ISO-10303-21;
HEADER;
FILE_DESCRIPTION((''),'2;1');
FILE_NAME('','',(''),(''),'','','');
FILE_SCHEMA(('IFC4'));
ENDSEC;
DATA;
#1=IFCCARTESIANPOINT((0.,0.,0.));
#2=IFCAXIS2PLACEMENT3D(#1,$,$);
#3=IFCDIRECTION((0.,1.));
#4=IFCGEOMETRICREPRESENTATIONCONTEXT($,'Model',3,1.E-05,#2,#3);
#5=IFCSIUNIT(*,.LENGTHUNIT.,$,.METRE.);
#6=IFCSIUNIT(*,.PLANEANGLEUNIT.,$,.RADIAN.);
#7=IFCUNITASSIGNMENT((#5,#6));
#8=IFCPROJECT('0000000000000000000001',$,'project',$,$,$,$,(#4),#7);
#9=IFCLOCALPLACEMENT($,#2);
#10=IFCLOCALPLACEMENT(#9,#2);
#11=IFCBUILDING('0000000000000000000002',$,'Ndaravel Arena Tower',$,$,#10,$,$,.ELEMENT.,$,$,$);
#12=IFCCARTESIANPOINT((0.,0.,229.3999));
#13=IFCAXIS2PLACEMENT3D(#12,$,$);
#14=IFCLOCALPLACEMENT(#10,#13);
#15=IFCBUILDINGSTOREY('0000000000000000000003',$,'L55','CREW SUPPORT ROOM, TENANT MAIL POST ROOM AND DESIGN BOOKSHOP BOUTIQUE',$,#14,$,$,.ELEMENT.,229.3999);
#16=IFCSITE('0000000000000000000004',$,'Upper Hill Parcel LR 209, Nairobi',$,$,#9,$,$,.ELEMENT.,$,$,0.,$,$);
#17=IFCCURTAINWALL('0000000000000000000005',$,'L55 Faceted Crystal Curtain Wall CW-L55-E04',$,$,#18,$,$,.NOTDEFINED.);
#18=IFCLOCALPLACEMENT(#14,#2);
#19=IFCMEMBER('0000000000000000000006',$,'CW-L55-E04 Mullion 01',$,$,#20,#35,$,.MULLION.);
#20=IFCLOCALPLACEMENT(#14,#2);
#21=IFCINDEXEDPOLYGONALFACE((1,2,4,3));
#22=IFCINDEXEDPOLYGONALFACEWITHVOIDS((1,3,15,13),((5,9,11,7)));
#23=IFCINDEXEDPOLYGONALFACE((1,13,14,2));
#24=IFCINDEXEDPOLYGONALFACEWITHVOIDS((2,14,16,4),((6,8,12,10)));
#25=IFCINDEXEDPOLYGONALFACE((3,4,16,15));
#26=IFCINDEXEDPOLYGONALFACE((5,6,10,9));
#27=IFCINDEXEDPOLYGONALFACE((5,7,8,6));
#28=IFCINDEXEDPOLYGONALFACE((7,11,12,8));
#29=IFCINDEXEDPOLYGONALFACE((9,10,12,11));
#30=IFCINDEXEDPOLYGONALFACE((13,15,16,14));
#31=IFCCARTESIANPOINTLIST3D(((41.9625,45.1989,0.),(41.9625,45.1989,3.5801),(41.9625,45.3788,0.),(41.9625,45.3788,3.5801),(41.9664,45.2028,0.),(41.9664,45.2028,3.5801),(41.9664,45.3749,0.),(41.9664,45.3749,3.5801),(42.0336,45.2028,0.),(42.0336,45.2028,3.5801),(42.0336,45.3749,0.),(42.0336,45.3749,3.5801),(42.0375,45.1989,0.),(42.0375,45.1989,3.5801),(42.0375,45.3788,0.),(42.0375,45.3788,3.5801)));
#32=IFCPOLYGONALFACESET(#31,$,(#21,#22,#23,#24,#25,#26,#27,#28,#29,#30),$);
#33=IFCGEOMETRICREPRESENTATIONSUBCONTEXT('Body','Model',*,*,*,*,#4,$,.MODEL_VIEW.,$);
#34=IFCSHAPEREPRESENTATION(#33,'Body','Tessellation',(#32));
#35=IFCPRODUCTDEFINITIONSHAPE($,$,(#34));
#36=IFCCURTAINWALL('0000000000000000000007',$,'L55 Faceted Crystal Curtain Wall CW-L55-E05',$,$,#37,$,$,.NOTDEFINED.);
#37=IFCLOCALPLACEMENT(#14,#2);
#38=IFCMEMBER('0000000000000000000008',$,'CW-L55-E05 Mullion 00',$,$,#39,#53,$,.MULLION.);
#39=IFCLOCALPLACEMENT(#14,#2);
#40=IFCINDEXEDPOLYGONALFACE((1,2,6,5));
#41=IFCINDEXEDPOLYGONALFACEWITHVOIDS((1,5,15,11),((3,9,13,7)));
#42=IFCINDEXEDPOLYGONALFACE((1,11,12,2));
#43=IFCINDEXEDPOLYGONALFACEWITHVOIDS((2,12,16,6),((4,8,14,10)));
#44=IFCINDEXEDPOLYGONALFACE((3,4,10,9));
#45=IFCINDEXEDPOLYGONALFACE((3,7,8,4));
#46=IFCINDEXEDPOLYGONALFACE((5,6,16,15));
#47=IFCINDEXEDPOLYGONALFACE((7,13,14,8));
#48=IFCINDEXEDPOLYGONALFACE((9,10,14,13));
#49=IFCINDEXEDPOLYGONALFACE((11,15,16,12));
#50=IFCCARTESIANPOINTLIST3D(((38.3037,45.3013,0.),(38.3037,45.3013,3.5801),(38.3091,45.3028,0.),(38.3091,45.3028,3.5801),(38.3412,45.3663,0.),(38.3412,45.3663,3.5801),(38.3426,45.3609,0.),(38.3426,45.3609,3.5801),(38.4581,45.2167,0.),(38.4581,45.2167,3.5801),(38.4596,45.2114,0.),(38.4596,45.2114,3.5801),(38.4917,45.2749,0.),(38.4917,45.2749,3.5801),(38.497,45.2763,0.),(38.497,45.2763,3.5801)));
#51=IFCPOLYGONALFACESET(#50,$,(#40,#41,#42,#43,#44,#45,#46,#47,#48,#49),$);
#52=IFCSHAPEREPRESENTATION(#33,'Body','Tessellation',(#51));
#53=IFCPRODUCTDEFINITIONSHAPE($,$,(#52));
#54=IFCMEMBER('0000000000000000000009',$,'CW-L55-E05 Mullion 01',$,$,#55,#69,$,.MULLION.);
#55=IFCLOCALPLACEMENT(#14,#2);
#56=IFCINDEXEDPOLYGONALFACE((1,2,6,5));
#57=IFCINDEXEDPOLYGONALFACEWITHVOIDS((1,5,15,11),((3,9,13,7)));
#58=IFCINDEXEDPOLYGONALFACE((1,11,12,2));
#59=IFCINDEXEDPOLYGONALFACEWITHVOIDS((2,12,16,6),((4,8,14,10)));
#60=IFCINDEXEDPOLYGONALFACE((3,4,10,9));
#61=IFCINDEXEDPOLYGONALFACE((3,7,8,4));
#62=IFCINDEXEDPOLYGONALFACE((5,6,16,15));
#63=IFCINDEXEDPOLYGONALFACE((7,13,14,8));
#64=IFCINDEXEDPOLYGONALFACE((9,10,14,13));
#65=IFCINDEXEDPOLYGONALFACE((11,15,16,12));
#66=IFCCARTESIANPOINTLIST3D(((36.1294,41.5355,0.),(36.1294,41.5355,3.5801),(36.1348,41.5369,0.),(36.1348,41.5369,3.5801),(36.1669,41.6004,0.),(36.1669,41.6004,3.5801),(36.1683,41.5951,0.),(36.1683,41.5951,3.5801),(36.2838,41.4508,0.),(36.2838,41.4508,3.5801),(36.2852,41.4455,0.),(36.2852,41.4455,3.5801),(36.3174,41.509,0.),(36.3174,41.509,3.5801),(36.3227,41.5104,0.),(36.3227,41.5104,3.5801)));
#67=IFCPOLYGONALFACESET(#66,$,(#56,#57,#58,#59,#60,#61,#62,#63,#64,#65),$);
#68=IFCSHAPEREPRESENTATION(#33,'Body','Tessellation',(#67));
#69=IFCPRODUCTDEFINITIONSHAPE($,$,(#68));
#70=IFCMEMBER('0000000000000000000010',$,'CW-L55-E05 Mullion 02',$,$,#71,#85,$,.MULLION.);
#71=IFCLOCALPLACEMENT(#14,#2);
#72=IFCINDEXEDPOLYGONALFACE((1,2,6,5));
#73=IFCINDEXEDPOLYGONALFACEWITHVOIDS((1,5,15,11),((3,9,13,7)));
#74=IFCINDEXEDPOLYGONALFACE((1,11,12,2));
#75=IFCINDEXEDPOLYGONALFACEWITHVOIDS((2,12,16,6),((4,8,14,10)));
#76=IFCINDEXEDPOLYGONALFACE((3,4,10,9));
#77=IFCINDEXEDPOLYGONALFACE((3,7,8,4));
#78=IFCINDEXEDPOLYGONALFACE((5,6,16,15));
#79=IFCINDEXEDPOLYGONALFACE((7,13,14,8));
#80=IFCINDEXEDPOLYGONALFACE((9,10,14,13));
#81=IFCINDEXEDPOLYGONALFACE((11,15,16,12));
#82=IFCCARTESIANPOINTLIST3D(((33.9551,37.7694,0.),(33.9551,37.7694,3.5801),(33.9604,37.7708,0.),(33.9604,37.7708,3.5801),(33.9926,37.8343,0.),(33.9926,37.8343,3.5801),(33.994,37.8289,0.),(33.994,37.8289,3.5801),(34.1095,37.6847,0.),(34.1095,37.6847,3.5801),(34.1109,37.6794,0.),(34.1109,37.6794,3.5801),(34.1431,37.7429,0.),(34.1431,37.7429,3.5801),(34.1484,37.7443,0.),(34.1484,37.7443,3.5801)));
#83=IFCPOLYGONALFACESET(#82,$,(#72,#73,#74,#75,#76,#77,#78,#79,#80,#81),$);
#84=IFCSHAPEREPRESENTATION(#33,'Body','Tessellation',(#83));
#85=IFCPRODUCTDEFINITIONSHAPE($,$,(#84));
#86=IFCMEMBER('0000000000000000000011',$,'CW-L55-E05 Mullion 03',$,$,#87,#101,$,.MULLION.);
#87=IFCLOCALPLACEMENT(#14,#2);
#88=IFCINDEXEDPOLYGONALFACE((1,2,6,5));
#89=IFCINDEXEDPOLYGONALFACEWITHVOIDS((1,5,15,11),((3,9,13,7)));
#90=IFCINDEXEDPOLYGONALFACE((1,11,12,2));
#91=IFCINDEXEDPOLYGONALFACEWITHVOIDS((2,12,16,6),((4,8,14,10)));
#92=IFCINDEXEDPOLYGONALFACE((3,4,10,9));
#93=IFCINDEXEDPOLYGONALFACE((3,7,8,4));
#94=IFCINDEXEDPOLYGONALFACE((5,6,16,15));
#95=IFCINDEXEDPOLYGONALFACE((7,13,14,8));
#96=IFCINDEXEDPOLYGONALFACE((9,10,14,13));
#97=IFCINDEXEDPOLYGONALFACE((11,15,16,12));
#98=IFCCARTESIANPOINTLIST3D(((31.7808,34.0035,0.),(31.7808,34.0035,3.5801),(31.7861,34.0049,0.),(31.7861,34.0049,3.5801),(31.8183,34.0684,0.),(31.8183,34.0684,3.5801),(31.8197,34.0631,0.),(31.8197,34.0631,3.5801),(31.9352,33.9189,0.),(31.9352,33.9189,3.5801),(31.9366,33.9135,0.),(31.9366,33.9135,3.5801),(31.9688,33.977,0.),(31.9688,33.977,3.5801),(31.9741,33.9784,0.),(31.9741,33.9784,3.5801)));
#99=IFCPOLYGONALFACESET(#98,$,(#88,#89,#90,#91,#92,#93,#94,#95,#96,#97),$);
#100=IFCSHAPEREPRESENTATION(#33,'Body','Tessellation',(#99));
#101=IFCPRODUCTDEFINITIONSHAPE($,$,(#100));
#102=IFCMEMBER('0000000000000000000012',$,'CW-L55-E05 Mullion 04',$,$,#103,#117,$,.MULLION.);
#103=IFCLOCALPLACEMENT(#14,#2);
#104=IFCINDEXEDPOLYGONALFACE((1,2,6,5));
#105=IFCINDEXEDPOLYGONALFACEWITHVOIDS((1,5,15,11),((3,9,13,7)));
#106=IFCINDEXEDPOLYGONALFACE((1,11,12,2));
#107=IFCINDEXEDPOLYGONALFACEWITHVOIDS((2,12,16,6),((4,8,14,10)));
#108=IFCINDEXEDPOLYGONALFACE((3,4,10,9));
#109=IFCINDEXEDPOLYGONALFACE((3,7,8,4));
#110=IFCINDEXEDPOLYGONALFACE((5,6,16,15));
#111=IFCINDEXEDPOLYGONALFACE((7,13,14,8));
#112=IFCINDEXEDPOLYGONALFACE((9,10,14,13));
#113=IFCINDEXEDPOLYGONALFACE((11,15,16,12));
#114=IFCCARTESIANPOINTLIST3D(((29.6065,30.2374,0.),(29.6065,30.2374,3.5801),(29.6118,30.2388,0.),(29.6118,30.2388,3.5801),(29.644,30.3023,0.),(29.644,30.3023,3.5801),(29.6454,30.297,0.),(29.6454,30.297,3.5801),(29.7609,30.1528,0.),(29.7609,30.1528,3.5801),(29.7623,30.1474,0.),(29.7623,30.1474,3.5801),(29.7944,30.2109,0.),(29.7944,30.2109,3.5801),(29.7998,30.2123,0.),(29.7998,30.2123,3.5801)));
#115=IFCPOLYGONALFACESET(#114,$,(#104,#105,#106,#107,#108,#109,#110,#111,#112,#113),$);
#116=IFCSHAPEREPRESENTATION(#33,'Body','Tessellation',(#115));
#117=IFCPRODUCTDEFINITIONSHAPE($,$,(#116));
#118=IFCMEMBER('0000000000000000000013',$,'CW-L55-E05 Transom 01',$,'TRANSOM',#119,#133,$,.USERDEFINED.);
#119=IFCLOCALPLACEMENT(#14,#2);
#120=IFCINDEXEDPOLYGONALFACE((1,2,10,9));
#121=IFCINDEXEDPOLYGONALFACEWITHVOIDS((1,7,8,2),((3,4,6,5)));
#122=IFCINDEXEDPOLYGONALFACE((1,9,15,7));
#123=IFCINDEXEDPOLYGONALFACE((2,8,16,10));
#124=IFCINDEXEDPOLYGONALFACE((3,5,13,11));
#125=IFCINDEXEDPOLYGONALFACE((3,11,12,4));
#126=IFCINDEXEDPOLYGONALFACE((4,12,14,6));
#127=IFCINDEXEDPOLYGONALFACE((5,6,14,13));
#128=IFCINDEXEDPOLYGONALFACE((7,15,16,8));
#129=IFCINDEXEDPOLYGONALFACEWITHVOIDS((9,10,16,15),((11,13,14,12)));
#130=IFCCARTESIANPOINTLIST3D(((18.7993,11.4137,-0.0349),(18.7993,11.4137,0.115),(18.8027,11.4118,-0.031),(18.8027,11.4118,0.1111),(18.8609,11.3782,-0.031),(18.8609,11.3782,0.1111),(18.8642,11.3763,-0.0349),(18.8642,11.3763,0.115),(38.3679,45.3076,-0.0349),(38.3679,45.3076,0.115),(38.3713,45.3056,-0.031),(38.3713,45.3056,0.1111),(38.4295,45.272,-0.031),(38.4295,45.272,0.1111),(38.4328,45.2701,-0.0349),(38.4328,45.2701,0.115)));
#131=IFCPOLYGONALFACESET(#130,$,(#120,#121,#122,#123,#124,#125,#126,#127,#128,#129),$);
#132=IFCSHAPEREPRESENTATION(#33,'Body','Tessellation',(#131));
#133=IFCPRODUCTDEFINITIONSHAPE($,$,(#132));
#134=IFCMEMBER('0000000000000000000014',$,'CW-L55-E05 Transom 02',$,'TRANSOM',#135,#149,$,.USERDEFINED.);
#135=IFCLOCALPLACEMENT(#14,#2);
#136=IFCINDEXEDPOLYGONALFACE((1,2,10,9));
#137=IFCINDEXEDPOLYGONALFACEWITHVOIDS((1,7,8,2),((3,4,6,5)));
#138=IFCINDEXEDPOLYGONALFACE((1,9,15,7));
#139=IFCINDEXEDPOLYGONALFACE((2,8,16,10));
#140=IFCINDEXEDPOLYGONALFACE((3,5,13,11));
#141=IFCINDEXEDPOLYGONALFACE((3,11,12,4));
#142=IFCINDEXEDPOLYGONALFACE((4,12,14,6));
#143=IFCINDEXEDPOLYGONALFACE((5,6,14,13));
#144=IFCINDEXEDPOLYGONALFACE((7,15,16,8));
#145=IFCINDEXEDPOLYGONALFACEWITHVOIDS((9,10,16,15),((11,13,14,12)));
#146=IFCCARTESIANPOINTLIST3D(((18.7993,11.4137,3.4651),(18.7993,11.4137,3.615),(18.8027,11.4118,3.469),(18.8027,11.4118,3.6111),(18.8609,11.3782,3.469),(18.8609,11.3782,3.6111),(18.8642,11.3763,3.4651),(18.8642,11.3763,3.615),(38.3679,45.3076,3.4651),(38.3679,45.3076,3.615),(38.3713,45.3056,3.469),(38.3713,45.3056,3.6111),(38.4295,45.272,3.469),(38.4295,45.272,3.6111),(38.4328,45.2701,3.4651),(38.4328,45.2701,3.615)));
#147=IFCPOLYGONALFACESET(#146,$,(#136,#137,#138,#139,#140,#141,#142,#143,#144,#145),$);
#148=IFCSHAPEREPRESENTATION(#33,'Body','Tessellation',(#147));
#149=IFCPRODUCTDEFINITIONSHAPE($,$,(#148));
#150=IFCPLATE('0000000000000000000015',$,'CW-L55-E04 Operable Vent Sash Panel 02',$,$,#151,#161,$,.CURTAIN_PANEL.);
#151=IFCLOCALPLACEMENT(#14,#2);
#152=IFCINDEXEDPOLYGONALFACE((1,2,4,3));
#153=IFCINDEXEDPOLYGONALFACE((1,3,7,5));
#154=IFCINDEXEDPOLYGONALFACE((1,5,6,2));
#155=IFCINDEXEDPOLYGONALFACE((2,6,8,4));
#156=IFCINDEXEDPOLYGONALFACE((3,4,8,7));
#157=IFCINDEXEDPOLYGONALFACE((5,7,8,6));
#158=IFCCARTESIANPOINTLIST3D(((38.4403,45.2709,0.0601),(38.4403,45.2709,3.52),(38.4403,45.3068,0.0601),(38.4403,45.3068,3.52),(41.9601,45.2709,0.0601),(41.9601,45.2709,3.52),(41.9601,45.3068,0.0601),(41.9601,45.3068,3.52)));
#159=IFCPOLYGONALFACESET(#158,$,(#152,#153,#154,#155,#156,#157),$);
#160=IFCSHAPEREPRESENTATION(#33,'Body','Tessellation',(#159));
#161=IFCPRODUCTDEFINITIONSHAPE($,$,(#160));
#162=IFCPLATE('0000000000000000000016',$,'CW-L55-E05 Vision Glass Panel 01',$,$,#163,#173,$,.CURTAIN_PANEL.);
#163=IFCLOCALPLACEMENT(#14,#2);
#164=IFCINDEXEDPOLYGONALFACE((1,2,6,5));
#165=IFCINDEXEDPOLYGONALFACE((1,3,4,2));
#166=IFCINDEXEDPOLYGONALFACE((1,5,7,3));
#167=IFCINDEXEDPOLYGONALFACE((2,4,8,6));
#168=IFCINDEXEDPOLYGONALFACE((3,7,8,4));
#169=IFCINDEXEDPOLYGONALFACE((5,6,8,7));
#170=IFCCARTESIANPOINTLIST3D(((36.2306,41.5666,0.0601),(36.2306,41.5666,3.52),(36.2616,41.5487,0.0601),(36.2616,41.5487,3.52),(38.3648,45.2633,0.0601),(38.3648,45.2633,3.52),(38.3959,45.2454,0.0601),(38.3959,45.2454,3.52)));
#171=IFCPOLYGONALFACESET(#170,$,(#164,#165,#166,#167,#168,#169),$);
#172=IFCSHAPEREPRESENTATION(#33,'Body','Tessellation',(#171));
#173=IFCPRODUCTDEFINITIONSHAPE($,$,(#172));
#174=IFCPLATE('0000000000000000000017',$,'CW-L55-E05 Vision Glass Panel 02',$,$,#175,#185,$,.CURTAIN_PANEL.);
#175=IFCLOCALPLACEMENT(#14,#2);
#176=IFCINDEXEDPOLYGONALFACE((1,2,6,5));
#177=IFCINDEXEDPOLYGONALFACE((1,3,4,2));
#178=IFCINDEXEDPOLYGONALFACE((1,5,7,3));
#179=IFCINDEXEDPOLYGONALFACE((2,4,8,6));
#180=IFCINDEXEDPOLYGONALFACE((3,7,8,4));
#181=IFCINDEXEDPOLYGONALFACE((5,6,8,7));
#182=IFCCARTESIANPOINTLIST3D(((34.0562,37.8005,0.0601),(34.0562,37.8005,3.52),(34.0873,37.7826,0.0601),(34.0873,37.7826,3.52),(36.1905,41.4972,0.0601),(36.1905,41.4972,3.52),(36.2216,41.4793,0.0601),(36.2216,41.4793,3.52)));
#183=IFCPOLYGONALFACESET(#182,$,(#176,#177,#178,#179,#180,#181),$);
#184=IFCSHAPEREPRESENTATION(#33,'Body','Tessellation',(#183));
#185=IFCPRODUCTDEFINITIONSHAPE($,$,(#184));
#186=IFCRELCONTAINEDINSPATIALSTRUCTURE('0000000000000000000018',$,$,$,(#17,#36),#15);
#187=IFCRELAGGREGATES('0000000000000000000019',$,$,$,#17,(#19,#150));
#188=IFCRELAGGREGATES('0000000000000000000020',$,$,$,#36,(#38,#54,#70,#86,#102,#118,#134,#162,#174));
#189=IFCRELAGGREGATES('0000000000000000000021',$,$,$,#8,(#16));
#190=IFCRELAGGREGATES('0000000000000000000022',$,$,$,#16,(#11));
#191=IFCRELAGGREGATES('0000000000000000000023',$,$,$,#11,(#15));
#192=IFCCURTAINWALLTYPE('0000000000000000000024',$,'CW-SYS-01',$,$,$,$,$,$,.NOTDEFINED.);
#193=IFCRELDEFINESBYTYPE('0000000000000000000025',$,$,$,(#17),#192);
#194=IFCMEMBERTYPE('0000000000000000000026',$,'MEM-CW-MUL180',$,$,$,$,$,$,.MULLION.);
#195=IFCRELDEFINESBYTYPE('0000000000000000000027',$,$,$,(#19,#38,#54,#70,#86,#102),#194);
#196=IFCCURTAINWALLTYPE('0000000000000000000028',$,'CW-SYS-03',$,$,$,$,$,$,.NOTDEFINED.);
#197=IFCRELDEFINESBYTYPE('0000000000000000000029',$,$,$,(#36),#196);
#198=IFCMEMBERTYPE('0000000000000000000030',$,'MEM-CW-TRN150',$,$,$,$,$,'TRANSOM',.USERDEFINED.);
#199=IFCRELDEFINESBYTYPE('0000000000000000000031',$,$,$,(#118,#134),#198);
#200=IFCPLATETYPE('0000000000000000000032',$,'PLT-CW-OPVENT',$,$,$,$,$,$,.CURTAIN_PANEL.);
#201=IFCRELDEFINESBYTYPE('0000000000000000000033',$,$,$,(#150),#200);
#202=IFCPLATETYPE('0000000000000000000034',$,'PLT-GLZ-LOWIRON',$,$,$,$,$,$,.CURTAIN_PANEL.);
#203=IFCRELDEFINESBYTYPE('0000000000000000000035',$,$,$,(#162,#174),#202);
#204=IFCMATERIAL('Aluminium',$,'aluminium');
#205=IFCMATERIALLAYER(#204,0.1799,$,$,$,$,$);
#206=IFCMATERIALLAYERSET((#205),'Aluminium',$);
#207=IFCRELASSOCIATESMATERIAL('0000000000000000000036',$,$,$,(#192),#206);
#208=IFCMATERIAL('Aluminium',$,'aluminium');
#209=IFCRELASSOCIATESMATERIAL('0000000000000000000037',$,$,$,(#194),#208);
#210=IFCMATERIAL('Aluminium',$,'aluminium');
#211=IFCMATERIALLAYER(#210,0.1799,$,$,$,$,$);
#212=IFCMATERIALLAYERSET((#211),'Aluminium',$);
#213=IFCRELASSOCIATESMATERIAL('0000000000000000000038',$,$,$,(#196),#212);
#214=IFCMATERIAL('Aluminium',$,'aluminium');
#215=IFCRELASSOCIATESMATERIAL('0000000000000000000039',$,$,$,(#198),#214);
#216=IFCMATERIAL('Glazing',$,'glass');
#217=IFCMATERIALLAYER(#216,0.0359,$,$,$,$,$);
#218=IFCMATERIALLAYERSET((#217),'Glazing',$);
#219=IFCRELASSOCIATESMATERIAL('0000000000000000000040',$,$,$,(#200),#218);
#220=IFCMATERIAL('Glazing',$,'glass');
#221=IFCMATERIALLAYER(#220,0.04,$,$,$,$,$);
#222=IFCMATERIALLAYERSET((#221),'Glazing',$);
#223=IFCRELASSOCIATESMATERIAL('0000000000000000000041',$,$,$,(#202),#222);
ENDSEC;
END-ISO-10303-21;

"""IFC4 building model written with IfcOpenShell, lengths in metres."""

from ifc_helpers import new_model, si_unit, direction, frame, origin, origin_2d, place, context, subcontext, project, spatial, rectangle, hollow_rectangle, extrude, material, layer, layer_set, material_profile, profile_set, type_object, element, aggregate, save


model = new_model("IFC4")

# Units and contexts
model_context = context("Model", 3, precision=1e-05, world=origin(), true_north=direction((0.0, 1.0)))
body_context = subcontext(model_context, "Body", "Model", "MODEL_VIEW")
ifc_project = project(units=[si_unit("LENGTHUNIT", "METRE"), si_unit("PLANEANGLEUNIT", "RADIAN")], contexts=[model_context])

# Site, building, storey
site_placement = place(None, origin())
site = spatial("IfcSite", under=ifc_project, at=site_placement, Name="Upper Hill Parcel LR 209, Nairobi", CompositionType="ELEMENT", RefElevation=0.0)
building_placement = place(site_placement, origin())
building = spatial("IfcBuilding", under=site, at=building_placement, Name="Ndaravel Arena Tower", CompositionType="ELEMENT")
storey_placement = place(building_placement, frame((0.0, 0.0, 229.3999)))
storey = spatial("IfcBuildingStorey", under=building, at=storey_placement, Name="L55", Description="CREW SUPPORT ROOM, TENANT MAIL POST ROOM AND DESIGN BOOKSHOP BOUTIQUE", CompositionType="ELEMENT", Elevation=229.3999)

# Curtain wall, member
ifc_material_1 = material(Name="Aluminium", Category="aluminium")
ifc_layer_1 = layer(ifc_material_1, 0.1799)
ifc_layer_set_1 = layer_set([ifc_layer_1], Name="Aluminium")
curtain_wall_type_1 = type_object("IfcCurtainWallType", Name="CW-SYS-01", PredefinedType="NOTDEFINED", material=ifc_layer_set_1)
curtain_wall_1_placement = place(storey_placement, origin())
curtain_wall_1 = element("IfcCurtainWall", 1, at=curtain_wall_1_placement, inside=storey, type_object=curtain_wall_type_1, Name="L55 Faceted Crystal Curtain Wall CW-L55-E04", PredefinedType="NOTDEFINED")
ifc_material_2 = material(Name="Aluminium", Category="aluminium")
ifc_material_profile_1 = material_profile(ifc_material_2, hollow_rectangle(XDim=0.075, YDim=0.1799, WallThickness=0.0039, at=origin_2d()), Name="CW MULLION 75x180x4")
ifc_profile_set_1 = profile_set([ifc_material_profile_1], Name="Aluminium")
member_type_1 = type_object("IfcMemberType", Name="MEM-CW-MUL180", PredefinedType="MULLION", material=ifc_profile_set_1)
member_1_placement = place(storey_placement, frame((42.0, 45.2888, 0.0), z_axis=(0.0, 0.0, 1.0), x_axis=(-1.0, 0.0, 0.0)))
member_1 = element("IfcMember", 2, at=member_1_placement, type_object=member_type_1, Name="CW-L55-E04 Mullion 01", PredefinedType="MULLION", context=body_context, shape_type="SweptSolid", body=[
    extrude(hollow_rectangle(XDim=0.075, YDim=0.1799, WallThickness=0.0039, at=origin_2d()), origin(), (0.0, 0.0, 1.0), 3.5801),
])

# Curtain wall, members
ifc_material_3 = material(Name="Aluminium", Category="aluminium")
ifc_layer_2 = layer(ifc_material_3, 0.1799)
ifc_layer_set_2 = layer_set([ifc_layer_2], Name="Aluminium")
curtain_wall_type_2 = type_object("IfcCurtainWallType", Name="CW-SYS-03", PredefinedType="NOTDEFINED", material=ifc_layer_set_2)
curtain_wall_2_placement = place(storey_placement, origin())
curtain_wall_2 = element("IfcCurtainWall", 3, at=curtain_wall_2_placement, inside=storey, type_object=curtain_wall_type_2, Name="L55 Faceted Crystal Curtain Wall CW-L55-E05", PredefinedType="NOTDEFINED")
member_2_placement = place(storey_placement, frame((38.4004, 45.2888, 0.0), z_axis=(0.0, 0.0, 1.0), x_axis=(-0.5, -0.866025, 0.0)))
member_2 = element("IfcMember", 4, at=member_2_placement, type_object=member_type_1, Name="CW-L55-E05 Mullion 00", PredefinedType="MULLION", context=body_context, shape_type="SweptSolid", body=[
    extrude(hollow_rectangle(XDim=0.075, YDim=0.1799, WallThickness=0.0039, at=origin_2d()), origin(), (0.0, 0.0, 1.0), 3.5801),
])
member_3_placement = place(storey_placement, frame((36.2261, 41.5229, 0.0), z_axis=(0.0, 0.0, 1.0), x_axis=(-0.5, -0.866025, 0.0)))
member_3 = element("IfcMember", 5, at=member_3_placement, type_object=member_type_1, Name="CW-L55-E05 Mullion 01", PredefinedType="MULLION", context=body_context, shape_type="SweptSolid", body=[
    extrude(hollow_rectangle(XDim=0.075, YDim=0.1799, WallThickness=0.0039, at=origin_2d()), origin(), (0.0, 0.0, 1.0), 3.5801),
])
member_4_placement = place(storey_placement, frame((34.0518, 37.7568, 0.0), z_axis=(0.0, 0.0, 1.0), x_axis=(-0.5, -0.866025, 0.0)))
member_4 = element("IfcMember", 6, at=member_4_placement, type_object=member_type_1, Name="CW-L55-E05 Mullion 02", PredefinedType="MULLION", context=body_context, shape_type="SweptSolid", body=[
    extrude(hollow_rectangle(XDim=0.075, YDim=0.1799, WallThickness=0.0039, at=origin_2d()), origin(), (0.0, 0.0, 1.0), 3.5801),
])
member_5_placement = place(storey_placement, frame((31.8774, 33.991, 0.0), z_axis=(0.0, 0.0, 1.0), x_axis=(-0.5, -0.866025, 0.0)))
member_5 = element("IfcMember", 7, at=member_5_placement, type_object=member_type_1, Name="CW-L55-E05 Mullion 03", PredefinedType="MULLION", context=body_context, shape_type="SweptSolid", body=[
    extrude(hollow_rectangle(XDim=0.075, YDim=0.1799, WallThickness=0.0039, at=origin_2d()), origin(), (0.0, 0.0, 1.0), 3.5801),
])
member_6_placement = place(storey_placement, frame((29.7031, 30.2249, 0.0), z_axis=(0.0, 0.0, 1.0), x_axis=(-0.5, -0.866025, 0.0)))
member_6 = element("IfcMember", 8, at=member_6_placement, type_object=member_type_1, Name="CW-L55-E05 Mullion 04", PredefinedType="MULLION", context=body_context, shape_type="SweptSolid", body=[
    extrude(hollow_rectangle(XDim=0.075, YDim=0.1799, WallThickness=0.0039, at=origin_2d()), origin(), (0.0, 0.0, 1.0), 3.5801),
])
ifc_material_4 = material(Name="Aluminium", Category="aluminium")
ifc_material_profile_2 = material_profile(ifc_material_4, hollow_rectangle(XDim=0.075, YDim=0.1499, WallThickness=0.0039, at=origin_2d()), Name="CW TRANSOM 75x150x4")
ifc_profile_set_2 = profile_set([ifc_material_profile_2], Name="Aluminium")
member_type_2 = type_object("IfcMemberType", Name="MEM-CW-TRN150", ElementType="TRANSOM", PredefinedType="USERDEFINED", material=ifc_profile_set_2)
member_7_placement = place(storey_placement, frame((38.4004, 45.2888, 0.04), z_axis=(-0.5, -0.866025, 0.0), x_axis=(0.866025, -0.5, 0.0)))
member_7 = element("IfcMember", 9, at=member_7_placement, type_object=member_type_2, Name="CW-L55-E05 Transom 01", ObjectType="TRANSOM", PredefinedType="USERDEFINED", context=body_context, shape_type="SweptSolid", body=[
    extrude(hollow_rectangle(XDim=0.075, YDim=0.1499, WallThickness=0.0039, at=origin_2d()), origin(), (0.0, 0.0, 1.0), 39.1372),
])
member_8_placement = place(storey_placement, frame((38.4004, 45.2888, 3.54), z_axis=(-0.5, -0.866025, 0.0), x_axis=(0.866025, -0.5, 0.0)))
member_8 = element("IfcMember", 10, at=member_8_placement, type_object=member_type_2, Name="CW-L55-E05 Transom 02", ObjectType="TRANSOM", PredefinedType="USERDEFINED", context=body_context, shape_type="SweptSolid", body=[
    extrude(hollow_rectangle(XDim=0.075, YDim=0.1499, WallThickness=0.0039, at=origin_2d()), origin(), (0.0, 0.0, 1.0), 39.1372),
])

# Plates
ifc_material_5 = material(Name="Glazing", Category="glass")
ifc_layer_3 = layer(ifc_material_5, 0.0359)
ifc_layer_set_3 = layer_set([ifc_layer_3], Name="Glazing")
plate_type_1 = type_object("IfcPlateType", Name="PLT-CW-OPVENT", PredefinedType="CURTAIN_PANEL", material=ifc_layer_set_3)
plate_1_placement = place(storey_placement, frame((40.2002, 45.2888, 0.0601), z_axis=(0.0, 0.0, 1.0), x_axis=(-1.0, 0.0, 0.0)))
plate_1 = element("IfcPlate", 11, at=plate_1_placement, type_object=plate_type_1, Name="CW-L55-E04 Operable Vent Sash Panel 02", PredefinedType="CURTAIN_PANEL", context=body_context, shape_type="SweptSolid", body=[
    extrude(rectangle(XDim=3.5198, YDim=0.0359, at=origin_2d()), origin(), (0.0, 0.0, 1.0), 3.46),
])
aggregate(curtain_wall_1, [member_1, plate_1])
ifc_material_6 = material(Name="Glazing", Category="glass")
ifc_layer_4 = layer(ifc_material_6, 0.04)
ifc_layer_set_4 = layer_set([ifc_layer_4], Name="Glazing")
plate_type_2 = type_object("IfcPlateType", Name="PLT-GLZ-LOWIRON", PredefinedType="CURTAIN_PANEL", material=ifc_layer_set_4)
plate_2_placement = place(storey_placement, frame((37.3132, 43.406, 0.0601), z_axis=(0.0, 0.0, 1.0), x_axis=(-0.5, -0.866025, 0.0)))
plate_2 = element("IfcPlate", 12, at=plate_2_placement, type_object=plate_type_2, Name="CW-L55-E05 Vision Glass Panel 01", PredefinedType="CURTAIN_PANEL", context=body_context, shape_type="SweptSolid", body=[
    extrude(rectangle(XDim=4.2686, YDim=0.0359, at=origin_2d()), origin(), (0.0, 0.0, 1.0), 3.46),
])
plate_3_placement = place(storey_placement, frame((35.1389, 39.6399, 0.0601), z_axis=(0.0, 0.0, 1.0), x_axis=(-0.5, -0.866025, 0.0)))
plate_3 = element("IfcPlate", 13, at=plate_3_placement, type_object=plate_type_2, Name="CW-L55-E05 Vision Glass Panel 02", PredefinedType="CURTAIN_PANEL", context=body_context, shape_type="SweptSolid", body=[
    extrude(rectangle(XDim=4.2686, YDim=0.0359, at=origin_2d()), origin(), (0.0, 0.0, 1.0), 3.46),
])
aggregate(curtain_wall_2, [member_2, member_3, member_4, member_5, member_6, member_7, member_8, plate_2, plate_3])

save(model, "model.ifc")
